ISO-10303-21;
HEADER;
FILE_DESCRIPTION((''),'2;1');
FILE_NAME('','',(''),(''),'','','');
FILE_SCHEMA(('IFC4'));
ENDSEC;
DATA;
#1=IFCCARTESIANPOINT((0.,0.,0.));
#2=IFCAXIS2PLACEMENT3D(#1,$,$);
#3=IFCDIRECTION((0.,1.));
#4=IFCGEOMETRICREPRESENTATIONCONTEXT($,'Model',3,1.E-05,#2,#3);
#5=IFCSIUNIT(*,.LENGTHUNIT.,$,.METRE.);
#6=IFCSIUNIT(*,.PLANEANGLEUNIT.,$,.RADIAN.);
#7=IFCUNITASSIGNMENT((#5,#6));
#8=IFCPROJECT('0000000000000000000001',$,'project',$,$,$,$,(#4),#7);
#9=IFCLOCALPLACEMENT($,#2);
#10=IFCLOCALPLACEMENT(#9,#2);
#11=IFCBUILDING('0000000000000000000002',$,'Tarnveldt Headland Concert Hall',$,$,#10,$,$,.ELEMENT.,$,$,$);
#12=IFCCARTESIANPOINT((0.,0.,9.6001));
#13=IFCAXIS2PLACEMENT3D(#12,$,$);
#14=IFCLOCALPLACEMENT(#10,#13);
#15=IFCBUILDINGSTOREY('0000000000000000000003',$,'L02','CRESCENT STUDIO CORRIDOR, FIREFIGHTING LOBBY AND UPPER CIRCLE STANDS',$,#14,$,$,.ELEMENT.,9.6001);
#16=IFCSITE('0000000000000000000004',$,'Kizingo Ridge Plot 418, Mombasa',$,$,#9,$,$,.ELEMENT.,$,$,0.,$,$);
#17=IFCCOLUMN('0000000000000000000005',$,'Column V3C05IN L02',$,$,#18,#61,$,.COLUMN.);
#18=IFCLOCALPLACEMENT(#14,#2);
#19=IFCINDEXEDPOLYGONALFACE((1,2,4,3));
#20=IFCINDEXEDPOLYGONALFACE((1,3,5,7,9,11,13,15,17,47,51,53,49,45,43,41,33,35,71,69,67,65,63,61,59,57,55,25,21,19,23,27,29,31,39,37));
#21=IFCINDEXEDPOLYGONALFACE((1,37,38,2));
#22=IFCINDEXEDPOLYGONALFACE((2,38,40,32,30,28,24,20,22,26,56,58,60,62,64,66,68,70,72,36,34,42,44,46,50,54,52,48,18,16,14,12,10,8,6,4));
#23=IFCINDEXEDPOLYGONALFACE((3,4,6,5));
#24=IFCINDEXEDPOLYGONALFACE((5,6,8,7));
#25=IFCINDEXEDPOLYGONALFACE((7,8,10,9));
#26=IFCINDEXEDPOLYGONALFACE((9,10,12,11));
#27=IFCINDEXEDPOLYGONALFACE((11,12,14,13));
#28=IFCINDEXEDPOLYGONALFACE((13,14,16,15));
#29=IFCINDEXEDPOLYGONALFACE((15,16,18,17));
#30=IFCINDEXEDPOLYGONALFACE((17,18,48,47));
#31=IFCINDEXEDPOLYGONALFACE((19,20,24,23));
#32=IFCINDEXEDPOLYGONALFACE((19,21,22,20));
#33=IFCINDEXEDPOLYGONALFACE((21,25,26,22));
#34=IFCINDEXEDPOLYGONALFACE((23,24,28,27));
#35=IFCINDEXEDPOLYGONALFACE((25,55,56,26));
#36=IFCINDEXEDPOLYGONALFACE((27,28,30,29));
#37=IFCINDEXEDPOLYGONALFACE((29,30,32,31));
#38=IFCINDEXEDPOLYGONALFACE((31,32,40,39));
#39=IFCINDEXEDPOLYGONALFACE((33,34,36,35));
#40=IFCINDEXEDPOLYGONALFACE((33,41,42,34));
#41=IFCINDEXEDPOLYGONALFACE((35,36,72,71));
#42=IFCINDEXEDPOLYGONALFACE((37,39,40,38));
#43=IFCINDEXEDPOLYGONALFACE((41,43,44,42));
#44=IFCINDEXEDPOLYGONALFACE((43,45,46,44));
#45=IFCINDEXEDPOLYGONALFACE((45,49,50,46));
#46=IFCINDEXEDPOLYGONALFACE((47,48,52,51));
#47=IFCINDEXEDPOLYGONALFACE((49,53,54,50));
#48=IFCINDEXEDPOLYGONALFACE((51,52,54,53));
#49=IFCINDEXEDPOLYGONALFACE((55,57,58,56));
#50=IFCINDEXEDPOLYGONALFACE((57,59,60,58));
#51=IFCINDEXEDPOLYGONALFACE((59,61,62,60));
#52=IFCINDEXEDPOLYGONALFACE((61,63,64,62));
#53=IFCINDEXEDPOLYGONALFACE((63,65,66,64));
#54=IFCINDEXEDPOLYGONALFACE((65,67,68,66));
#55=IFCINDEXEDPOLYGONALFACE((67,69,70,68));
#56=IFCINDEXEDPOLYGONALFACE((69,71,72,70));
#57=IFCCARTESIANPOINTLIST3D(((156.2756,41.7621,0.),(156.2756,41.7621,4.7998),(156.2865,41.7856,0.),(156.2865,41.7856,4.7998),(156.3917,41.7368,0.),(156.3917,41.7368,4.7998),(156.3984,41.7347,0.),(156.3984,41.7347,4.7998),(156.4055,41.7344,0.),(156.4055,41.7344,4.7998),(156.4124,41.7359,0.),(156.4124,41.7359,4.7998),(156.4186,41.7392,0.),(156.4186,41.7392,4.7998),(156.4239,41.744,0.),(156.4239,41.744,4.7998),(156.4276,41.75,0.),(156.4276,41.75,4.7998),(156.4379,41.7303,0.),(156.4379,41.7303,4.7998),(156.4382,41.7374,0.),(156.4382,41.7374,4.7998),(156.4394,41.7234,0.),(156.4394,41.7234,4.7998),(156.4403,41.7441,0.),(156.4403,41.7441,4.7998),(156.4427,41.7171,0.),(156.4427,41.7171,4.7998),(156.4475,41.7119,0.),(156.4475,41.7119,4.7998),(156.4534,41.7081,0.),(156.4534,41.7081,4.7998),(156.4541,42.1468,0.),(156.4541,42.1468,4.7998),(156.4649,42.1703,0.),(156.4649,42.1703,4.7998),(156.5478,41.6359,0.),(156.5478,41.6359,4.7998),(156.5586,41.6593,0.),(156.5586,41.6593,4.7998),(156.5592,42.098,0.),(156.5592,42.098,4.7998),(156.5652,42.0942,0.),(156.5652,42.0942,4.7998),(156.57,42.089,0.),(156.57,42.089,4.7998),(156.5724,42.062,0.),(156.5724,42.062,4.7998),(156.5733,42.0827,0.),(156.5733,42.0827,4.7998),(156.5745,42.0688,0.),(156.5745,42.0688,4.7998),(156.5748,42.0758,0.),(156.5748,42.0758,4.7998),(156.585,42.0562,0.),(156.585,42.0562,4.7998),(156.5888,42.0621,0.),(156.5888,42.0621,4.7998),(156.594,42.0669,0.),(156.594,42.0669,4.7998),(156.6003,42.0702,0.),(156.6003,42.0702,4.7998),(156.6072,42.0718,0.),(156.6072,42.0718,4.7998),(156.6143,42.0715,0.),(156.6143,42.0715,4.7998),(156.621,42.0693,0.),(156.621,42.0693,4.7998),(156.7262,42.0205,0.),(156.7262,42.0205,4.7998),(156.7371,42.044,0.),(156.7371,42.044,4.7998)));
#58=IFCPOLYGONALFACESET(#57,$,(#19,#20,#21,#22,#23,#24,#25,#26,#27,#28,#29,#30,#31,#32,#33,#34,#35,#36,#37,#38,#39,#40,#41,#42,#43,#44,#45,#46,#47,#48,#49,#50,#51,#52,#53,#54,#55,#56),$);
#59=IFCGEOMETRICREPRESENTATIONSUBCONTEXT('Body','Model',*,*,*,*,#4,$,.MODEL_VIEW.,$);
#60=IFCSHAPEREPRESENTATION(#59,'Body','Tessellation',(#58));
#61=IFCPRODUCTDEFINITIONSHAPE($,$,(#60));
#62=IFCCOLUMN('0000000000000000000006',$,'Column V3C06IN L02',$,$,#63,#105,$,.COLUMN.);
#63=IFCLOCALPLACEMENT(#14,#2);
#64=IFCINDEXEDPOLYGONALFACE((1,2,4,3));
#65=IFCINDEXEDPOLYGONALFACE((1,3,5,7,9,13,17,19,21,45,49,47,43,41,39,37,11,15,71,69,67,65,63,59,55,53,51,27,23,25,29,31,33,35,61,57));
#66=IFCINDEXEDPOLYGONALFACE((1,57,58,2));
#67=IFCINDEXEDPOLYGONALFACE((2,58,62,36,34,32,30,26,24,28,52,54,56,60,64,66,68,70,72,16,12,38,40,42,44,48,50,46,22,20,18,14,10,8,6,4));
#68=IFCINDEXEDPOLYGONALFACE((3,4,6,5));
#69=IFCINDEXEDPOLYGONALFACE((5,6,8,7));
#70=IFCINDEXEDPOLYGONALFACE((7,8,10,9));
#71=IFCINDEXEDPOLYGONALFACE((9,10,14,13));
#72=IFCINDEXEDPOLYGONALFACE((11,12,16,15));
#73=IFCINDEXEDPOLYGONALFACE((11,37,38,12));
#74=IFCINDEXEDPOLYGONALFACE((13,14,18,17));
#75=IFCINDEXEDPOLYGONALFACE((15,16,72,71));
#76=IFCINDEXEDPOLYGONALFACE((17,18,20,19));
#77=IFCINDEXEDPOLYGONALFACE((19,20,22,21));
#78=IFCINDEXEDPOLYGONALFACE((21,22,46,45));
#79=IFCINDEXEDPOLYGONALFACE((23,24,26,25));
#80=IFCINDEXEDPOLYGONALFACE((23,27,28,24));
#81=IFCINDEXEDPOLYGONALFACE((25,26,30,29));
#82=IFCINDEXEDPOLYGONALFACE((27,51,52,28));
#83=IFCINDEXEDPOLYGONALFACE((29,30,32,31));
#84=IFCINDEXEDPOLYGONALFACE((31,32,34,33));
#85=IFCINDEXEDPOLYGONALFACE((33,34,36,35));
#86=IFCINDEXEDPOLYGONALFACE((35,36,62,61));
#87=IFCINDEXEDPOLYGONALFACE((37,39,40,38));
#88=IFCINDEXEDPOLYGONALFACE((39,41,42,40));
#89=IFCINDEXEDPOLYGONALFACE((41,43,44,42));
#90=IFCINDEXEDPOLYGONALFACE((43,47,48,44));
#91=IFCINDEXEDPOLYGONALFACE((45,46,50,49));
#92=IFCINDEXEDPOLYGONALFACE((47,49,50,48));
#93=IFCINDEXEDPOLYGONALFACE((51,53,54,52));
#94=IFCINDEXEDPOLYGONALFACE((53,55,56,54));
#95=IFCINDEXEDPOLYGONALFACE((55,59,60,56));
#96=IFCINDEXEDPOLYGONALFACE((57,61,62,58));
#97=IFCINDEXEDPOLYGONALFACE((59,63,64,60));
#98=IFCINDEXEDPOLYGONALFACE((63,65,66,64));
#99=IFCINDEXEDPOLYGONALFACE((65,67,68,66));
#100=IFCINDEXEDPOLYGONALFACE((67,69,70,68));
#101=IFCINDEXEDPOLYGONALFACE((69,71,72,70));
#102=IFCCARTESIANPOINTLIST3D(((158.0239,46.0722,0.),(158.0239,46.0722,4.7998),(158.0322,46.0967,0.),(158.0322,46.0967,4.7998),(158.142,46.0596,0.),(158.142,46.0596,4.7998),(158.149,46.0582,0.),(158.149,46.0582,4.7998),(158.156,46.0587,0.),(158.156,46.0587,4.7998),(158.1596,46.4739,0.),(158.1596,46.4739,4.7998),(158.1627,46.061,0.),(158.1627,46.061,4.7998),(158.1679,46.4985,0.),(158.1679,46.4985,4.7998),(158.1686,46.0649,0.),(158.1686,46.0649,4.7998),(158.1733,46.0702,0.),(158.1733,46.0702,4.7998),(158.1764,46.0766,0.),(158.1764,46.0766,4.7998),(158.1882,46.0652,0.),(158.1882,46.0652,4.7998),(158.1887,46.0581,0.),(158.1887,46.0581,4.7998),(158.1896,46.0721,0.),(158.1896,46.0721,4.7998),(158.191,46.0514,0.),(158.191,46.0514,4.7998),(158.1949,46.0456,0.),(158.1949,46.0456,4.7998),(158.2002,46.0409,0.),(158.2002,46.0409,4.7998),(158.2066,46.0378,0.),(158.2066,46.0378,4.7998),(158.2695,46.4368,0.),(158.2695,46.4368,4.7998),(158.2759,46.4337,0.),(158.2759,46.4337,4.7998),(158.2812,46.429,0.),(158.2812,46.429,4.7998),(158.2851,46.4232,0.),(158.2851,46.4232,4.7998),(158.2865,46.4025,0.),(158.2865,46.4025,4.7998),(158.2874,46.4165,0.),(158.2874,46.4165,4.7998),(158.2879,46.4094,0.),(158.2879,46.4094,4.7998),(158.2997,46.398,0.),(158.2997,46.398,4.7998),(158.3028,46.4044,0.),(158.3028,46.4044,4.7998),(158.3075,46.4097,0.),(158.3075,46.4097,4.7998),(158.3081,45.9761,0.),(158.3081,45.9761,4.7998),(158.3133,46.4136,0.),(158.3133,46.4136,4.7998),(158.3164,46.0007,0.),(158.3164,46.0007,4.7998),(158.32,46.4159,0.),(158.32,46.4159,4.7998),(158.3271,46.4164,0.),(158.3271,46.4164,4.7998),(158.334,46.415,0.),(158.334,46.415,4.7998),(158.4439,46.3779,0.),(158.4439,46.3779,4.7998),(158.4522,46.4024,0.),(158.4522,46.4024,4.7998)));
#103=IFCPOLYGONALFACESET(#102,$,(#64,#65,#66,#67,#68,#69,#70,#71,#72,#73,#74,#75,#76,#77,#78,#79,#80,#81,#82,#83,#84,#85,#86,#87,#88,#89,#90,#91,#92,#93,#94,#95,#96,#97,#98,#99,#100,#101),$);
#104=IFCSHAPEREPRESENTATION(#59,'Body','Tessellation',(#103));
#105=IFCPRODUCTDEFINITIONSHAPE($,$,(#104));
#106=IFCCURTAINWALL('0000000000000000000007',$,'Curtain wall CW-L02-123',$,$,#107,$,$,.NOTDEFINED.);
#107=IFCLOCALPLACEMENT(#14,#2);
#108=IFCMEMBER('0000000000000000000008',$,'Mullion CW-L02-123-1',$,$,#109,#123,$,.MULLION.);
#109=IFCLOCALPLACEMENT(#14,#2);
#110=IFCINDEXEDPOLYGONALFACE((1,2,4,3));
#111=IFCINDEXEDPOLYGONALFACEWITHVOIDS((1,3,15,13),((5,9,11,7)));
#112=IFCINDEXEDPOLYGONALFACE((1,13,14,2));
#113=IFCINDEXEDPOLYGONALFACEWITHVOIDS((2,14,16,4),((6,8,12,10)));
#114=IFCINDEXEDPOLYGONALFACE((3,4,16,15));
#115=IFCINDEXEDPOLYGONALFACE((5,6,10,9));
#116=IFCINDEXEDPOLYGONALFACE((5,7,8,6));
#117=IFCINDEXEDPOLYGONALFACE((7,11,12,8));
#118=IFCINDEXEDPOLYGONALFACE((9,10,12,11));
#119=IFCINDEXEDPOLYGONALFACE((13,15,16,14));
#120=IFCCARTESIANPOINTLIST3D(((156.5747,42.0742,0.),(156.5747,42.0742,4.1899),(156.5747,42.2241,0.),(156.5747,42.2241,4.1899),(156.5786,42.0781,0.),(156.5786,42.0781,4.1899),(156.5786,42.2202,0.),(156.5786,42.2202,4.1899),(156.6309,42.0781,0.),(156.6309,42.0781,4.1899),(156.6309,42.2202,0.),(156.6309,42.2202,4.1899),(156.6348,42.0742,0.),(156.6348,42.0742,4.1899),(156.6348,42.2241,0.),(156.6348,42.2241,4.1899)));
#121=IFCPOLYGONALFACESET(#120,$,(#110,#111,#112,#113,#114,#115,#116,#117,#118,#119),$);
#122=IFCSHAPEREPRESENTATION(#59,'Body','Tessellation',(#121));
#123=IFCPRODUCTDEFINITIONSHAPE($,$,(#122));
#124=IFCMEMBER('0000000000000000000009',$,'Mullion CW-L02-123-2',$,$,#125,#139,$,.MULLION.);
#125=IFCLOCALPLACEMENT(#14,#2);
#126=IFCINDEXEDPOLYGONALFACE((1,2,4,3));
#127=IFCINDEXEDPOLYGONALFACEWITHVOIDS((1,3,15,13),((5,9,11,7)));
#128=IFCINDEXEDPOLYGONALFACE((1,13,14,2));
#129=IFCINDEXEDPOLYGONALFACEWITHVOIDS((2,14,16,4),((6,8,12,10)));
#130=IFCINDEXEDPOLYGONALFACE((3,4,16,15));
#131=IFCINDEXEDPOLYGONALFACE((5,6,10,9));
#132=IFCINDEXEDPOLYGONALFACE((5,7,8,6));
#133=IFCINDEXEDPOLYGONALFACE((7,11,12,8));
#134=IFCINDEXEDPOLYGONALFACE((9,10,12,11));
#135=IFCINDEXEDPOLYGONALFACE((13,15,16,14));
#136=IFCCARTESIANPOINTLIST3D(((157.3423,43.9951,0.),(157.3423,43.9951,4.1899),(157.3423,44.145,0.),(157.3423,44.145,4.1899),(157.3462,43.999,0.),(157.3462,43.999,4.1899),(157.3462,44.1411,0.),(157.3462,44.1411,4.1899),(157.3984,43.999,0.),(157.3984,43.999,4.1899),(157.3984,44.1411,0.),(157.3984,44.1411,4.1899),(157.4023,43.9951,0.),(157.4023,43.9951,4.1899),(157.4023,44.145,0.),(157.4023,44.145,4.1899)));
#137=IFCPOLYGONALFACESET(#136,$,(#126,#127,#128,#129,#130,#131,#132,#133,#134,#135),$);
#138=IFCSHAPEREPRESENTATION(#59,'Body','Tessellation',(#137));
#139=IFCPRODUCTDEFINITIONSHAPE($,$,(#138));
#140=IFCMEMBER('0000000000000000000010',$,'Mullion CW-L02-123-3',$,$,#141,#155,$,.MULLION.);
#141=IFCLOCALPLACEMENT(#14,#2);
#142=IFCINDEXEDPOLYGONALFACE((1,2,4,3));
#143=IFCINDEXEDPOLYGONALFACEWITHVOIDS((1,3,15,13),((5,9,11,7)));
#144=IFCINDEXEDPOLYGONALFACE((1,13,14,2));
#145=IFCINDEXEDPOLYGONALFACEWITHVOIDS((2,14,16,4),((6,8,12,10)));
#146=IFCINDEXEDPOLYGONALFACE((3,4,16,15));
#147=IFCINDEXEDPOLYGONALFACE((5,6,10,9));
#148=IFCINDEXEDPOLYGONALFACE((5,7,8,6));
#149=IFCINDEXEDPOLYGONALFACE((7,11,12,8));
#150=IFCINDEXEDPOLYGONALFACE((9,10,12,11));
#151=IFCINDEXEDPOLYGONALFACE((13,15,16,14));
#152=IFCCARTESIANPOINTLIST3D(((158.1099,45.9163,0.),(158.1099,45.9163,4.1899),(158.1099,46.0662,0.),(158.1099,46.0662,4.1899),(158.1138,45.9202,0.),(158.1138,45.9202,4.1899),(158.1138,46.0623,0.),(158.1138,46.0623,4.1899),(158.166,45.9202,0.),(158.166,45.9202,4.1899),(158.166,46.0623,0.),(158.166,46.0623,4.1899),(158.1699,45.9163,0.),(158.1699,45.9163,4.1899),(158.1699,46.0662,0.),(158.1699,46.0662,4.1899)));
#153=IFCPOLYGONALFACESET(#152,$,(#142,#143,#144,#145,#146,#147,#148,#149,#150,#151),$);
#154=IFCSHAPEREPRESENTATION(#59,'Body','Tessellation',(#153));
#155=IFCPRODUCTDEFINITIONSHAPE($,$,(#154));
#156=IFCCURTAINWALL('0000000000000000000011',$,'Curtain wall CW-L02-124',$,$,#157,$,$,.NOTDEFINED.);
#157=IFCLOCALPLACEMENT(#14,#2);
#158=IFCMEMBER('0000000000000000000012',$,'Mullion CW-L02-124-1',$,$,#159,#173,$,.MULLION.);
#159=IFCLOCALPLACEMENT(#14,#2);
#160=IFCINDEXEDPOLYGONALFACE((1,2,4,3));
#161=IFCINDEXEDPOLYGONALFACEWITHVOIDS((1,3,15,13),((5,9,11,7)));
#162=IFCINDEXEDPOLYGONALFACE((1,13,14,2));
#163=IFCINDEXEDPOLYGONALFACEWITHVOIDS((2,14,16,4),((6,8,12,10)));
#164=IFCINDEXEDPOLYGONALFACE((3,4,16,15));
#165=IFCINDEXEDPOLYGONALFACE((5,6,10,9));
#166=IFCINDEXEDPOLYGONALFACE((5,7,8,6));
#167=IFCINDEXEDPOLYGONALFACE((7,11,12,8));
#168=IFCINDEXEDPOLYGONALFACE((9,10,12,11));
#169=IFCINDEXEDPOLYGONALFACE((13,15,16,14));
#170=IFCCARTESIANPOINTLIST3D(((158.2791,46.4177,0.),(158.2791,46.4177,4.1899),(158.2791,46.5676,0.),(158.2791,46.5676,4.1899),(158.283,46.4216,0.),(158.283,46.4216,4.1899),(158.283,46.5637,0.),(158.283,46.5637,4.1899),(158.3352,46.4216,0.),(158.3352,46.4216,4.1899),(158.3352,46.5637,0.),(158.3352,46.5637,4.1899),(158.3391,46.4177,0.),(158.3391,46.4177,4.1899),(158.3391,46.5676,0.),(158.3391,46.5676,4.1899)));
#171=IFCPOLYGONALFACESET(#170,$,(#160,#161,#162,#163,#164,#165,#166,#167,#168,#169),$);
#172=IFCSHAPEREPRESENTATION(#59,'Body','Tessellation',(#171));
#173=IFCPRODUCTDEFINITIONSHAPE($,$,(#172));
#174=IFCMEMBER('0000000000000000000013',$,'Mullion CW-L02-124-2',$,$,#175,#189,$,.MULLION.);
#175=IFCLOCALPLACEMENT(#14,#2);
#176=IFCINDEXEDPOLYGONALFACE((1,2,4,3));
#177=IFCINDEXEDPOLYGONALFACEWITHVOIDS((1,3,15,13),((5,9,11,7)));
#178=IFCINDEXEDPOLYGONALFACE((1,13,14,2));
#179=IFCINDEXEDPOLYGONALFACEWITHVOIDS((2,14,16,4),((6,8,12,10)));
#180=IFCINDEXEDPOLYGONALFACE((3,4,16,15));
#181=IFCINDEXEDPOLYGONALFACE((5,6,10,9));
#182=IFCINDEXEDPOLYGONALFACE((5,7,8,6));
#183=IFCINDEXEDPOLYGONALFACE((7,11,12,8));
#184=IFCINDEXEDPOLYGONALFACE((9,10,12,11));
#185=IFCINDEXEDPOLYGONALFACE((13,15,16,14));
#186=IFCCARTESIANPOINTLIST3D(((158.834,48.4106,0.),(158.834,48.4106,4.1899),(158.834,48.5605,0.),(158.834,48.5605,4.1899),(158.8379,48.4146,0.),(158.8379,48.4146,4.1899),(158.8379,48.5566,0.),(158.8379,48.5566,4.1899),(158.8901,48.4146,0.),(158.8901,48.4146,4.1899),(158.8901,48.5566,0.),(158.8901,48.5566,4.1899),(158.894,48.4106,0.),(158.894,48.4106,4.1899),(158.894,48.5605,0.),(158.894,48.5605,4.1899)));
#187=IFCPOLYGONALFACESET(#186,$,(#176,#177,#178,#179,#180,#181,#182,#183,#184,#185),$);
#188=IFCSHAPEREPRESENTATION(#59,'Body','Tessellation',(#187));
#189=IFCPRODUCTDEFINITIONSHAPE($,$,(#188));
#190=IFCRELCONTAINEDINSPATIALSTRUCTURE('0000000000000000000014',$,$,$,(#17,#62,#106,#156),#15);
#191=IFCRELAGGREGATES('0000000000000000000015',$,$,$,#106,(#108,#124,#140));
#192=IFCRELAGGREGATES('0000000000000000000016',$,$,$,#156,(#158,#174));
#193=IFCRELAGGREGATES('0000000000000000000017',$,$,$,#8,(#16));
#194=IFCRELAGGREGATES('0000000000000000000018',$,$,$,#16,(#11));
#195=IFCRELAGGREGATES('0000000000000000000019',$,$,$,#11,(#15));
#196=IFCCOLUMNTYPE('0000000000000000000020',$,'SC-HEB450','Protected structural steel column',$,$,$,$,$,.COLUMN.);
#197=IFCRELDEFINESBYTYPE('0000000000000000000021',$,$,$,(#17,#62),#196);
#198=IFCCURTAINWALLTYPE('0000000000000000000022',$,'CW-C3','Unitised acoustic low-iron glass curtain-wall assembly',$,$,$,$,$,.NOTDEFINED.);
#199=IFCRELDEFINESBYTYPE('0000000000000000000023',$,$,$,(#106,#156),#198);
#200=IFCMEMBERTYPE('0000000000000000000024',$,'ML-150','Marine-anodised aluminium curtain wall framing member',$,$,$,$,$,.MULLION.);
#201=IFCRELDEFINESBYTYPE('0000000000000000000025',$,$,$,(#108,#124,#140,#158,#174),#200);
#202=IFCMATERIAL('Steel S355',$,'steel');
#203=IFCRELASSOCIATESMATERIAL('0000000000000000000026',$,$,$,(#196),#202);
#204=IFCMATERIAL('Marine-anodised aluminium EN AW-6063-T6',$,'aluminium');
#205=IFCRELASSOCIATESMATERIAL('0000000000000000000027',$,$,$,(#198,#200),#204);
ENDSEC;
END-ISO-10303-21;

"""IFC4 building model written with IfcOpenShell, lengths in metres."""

from ifc_helpers import new_model, si_unit, direction, frame, origin, origin_2d, place, context, subcontext, project, spatial, hollow_rectangle, i_section, extrude, material, material_profile, profile_set, type_object, element, aggregate, save


model = new_model("IFC4")

# Units and contexts
model_context = context("Model", 3, precision=1e-05, world=origin(), true_north=direction((0.0, 1.0)))
body_context = subcontext(model_context, "Body", "Model", "MODEL_VIEW")
ifc_project = project(units=[si_unit("LENGTHUNIT", "METRE"), si_unit("PLANEANGLEUNIT", "RADIAN")], contexts=[model_context])

# Site, building, storey
site_placement = place(None, origin())
site = spatial("IfcSite", under=ifc_project, at=site_placement, Name="Kizingo Ridge Plot 418, Mombasa", CompositionType="ELEMENT", RefElevation=0.0)
building_placement = place(site_placement, origin())
building = spatial("IfcBuilding", under=site, at=building_placement, Name="Tarnveldt Headland Concert Hall", CompositionType="ELEMENT")
storey_placement = place(building_placement, frame((0.0, 0.0, 9.6001)))
storey = spatial("IfcBuildingStorey", under=building, at=storey_placement, Name="L02", Description="CRESCENT STUDIO CORRIDOR, FIREFIGHTING LOBBY AND UPPER CIRCLE STANDS", CompositionType="ELEMENT", Elevation=9.6001)

# Columns
ifc_material_1 = material(Name="Steel S355", Category="steel")
ifc_material_profile_1 = material_profile(ifc_material_1, i_section(OverallWidth=0.3, OverallDepth=0.45, WebThickness=0.0139, FlangeThickness=0.0259, FilletRadius=0.0271, at=origin_2d()), Name="HEB450", Category="steel")
ifc_profile_set_1 = profile_set([ifc_material_profile_1], Name="Steel S355")
column_type = type_object("IfcColumnType", Name="SC-HEB450", Description="Protected structural steel column", PredefinedType="COLUMN", material=ifc_profile_set_1)
for number, where, z_axis, x_axis, name in (
    (1, (156.5063, 41.9031, 0.0), (0.0, 0.0, 1.0), (0.907117, -0.420877, 0.0), "Column V3C05IN L02"),
    (2, (158.238, 46.2373, 0.0), (0.0, 0.0, 1.0), (0.947378, -0.320117, 0.0), "Column V3C06IN L02"),
):
    element("IfcColumn", number, at=place(storey_placement, frame(where, z_axis=z_axis, x_axis=x_axis)), inside=storey, type_object=column_type, Name=name, PredefinedType="COLUMN", context=body_context, shape_type="SweptSolid", body=[
        extrude(i_section(OverallWidth=0.3, OverallDepth=0.45, WebThickness=0.0139, FlangeThickness=0.0259, FilletRadius=0.0271, at=origin_2d()), origin(), (0.0, 0.0, 1.0), 4.7998),
    ])

# Curtain walls, members
ifc_material_2 = material(Name="Marine-anodised aluminium EN AW-6063-T6", Category="aluminium")
curtain_wall_type = type_object("IfcCurtainWallType", Name="CW-C3", Description="Unitised acoustic low-iron glass curtain-wall assembly", PredefinedType="NOTDEFINED", material=ifc_material_2)
curtain_wall_1_placement = place(storey_placement, origin())
curtain_wall_1 = element("IfcCurtainWall", 3, at=curtain_wall_1_placement, inside=storey, type_object=curtain_wall_type, Name="Curtain wall CW-L02-123", PredefinedType="NOTDEFINED")
ifc_material_profile_2 = material_profile(ifc_material_2, hollow_rectangle(XDim=0.0601, YDim=0.1499, WallThickness=0.0039, at=origin_2d()), Name="ALU MULLION 60x150x4", Category="aluminium")
ifc_profile_set_2 = profile_set([ifc_material_profile_2], Name="Marine-anodised aluminium EN AW-6063-T6")
member_type_1 = type_object("IfcMemberType", Name="ML-150", Description="Marine-anodised aluminium curtain wall framing member", PredefinedType="MULLION", material=ifc_profile_set_2)
member_1_placement = place(storey_placement, frame((156.6047, 42.1492, 0.0), z_axis=(0.0, 0.0, 1.0), x_axis=(1.0, 0.0, 0.0)))
member_1 = element("IfcMember", 4, at=member_1_placement, type_object=member_type_1, Name="Mullion CW-L02-123-1", PredefinedType="MULLION", context=body_context, shape_type="SweptSolid", body=[
    extrude(hollow_rectangle(XDim=0.0601, YDim=0.1499, WallThickness=0.0039, at=origin_2d()), origin(), (0.0, 0.0, 1.0), 4.1899),
])
member_2_placement = place(storey_placement, frame((157.3723, 44.0701, 0.0), z_axis=(0.0, 0.0, 1.0), x_axis=(1.0, 0.0, 0.0)))
member_2 = element("IfcMember", 5, at=member_2_placement, type_object=member_type_1, Name="Mullion CW-L02-123-2", PredefinedType="MULLION", context=body_context, shape_type="SweptSolid", body=[
    extrude(hollow_rectangle(XDim=0.0601, YDim=0.1499, WallThickness=0.0039, at=origin_2d()), origin(), (0.0, 0.0, 1.0), 4.1899),
])
member_3_placement = place(storey_placement, frame((158.1399, 45.9912, 0.0), z_axis=(0.0, 0.0, 1.0), x_axis=(1.0, 0.0, 0.0)))
member_3 = element("IfcMember", 6, at=member_3_placement, type_object=member_type_1, Name="Mullion CW-L02-123-3", PredefinedType="MULLION", context=body_context, shape_type="SweptSolid", body=[
    extrude(hollow_rectangle(XDim=0.0601, YDim=0.1499, WallThickness=0.0039, at=origin_2d()), origin(), (0.0, 0.0, 1.0), 4.1899),
])
curtain_wall_2_placement = place(storey_placement, origin())
curtain_wall_2 = element("IfcCurtainWall", 7, at=curtain_wall_2_placement, inside=storey, type_object=curtain_wall_type, Name="Curtain wall CW-L02-124", PredefinedType="NOTDEFINED")
member_4_placement = place(storey_placement, frame((158.3091, 46.4927, 0.0), z_axis=(0.0, 0.0, 1.0), x_axis=(1.0, 0.0, 0.0)))
member_4 = element("IfcMember", 8, at=member_4_placement, type_object=member_type_1, Name="Mullion CW-L02-124-1", PredefinedType="MULLION", context=body_context, shape_type="SweptSolid", body=[
    extrude(hollow_rectangle(XDim=0.0601, YDim=0.1499, WallThickness=0.0039, at=origin_2d()), origin(), (0.0, 0.0, 1.0), 4.1899),
])
member_5_placement = place(storey_placement, frame((158.864, 48.4856, 0.0), z_axis=(0.0, 0.0, 1.0), x_axis=(1.0, 0.0, 0.0)))
member_5 = element("IfcMember", 9, at=member_5_placement, type_object=member_type_1, Name="Mullion CW-L02-124-2", PredefinedType="MULLION", context=body_context, shape_type="SweptSolid", body=[
    extrude(hollow_rectangle(XDim=0.0601, YDim=0.1499, WallThickness=0.0039, at=origin_2d()), origin(), (0.0, 0.0, 1.0), 4.1899),
])

aggregate(curtain_wall_1, [member_1, member_2, member_3])
aggregate(curtain_wall_2, [member_4, member_5])

save(model, "model.ifc")
